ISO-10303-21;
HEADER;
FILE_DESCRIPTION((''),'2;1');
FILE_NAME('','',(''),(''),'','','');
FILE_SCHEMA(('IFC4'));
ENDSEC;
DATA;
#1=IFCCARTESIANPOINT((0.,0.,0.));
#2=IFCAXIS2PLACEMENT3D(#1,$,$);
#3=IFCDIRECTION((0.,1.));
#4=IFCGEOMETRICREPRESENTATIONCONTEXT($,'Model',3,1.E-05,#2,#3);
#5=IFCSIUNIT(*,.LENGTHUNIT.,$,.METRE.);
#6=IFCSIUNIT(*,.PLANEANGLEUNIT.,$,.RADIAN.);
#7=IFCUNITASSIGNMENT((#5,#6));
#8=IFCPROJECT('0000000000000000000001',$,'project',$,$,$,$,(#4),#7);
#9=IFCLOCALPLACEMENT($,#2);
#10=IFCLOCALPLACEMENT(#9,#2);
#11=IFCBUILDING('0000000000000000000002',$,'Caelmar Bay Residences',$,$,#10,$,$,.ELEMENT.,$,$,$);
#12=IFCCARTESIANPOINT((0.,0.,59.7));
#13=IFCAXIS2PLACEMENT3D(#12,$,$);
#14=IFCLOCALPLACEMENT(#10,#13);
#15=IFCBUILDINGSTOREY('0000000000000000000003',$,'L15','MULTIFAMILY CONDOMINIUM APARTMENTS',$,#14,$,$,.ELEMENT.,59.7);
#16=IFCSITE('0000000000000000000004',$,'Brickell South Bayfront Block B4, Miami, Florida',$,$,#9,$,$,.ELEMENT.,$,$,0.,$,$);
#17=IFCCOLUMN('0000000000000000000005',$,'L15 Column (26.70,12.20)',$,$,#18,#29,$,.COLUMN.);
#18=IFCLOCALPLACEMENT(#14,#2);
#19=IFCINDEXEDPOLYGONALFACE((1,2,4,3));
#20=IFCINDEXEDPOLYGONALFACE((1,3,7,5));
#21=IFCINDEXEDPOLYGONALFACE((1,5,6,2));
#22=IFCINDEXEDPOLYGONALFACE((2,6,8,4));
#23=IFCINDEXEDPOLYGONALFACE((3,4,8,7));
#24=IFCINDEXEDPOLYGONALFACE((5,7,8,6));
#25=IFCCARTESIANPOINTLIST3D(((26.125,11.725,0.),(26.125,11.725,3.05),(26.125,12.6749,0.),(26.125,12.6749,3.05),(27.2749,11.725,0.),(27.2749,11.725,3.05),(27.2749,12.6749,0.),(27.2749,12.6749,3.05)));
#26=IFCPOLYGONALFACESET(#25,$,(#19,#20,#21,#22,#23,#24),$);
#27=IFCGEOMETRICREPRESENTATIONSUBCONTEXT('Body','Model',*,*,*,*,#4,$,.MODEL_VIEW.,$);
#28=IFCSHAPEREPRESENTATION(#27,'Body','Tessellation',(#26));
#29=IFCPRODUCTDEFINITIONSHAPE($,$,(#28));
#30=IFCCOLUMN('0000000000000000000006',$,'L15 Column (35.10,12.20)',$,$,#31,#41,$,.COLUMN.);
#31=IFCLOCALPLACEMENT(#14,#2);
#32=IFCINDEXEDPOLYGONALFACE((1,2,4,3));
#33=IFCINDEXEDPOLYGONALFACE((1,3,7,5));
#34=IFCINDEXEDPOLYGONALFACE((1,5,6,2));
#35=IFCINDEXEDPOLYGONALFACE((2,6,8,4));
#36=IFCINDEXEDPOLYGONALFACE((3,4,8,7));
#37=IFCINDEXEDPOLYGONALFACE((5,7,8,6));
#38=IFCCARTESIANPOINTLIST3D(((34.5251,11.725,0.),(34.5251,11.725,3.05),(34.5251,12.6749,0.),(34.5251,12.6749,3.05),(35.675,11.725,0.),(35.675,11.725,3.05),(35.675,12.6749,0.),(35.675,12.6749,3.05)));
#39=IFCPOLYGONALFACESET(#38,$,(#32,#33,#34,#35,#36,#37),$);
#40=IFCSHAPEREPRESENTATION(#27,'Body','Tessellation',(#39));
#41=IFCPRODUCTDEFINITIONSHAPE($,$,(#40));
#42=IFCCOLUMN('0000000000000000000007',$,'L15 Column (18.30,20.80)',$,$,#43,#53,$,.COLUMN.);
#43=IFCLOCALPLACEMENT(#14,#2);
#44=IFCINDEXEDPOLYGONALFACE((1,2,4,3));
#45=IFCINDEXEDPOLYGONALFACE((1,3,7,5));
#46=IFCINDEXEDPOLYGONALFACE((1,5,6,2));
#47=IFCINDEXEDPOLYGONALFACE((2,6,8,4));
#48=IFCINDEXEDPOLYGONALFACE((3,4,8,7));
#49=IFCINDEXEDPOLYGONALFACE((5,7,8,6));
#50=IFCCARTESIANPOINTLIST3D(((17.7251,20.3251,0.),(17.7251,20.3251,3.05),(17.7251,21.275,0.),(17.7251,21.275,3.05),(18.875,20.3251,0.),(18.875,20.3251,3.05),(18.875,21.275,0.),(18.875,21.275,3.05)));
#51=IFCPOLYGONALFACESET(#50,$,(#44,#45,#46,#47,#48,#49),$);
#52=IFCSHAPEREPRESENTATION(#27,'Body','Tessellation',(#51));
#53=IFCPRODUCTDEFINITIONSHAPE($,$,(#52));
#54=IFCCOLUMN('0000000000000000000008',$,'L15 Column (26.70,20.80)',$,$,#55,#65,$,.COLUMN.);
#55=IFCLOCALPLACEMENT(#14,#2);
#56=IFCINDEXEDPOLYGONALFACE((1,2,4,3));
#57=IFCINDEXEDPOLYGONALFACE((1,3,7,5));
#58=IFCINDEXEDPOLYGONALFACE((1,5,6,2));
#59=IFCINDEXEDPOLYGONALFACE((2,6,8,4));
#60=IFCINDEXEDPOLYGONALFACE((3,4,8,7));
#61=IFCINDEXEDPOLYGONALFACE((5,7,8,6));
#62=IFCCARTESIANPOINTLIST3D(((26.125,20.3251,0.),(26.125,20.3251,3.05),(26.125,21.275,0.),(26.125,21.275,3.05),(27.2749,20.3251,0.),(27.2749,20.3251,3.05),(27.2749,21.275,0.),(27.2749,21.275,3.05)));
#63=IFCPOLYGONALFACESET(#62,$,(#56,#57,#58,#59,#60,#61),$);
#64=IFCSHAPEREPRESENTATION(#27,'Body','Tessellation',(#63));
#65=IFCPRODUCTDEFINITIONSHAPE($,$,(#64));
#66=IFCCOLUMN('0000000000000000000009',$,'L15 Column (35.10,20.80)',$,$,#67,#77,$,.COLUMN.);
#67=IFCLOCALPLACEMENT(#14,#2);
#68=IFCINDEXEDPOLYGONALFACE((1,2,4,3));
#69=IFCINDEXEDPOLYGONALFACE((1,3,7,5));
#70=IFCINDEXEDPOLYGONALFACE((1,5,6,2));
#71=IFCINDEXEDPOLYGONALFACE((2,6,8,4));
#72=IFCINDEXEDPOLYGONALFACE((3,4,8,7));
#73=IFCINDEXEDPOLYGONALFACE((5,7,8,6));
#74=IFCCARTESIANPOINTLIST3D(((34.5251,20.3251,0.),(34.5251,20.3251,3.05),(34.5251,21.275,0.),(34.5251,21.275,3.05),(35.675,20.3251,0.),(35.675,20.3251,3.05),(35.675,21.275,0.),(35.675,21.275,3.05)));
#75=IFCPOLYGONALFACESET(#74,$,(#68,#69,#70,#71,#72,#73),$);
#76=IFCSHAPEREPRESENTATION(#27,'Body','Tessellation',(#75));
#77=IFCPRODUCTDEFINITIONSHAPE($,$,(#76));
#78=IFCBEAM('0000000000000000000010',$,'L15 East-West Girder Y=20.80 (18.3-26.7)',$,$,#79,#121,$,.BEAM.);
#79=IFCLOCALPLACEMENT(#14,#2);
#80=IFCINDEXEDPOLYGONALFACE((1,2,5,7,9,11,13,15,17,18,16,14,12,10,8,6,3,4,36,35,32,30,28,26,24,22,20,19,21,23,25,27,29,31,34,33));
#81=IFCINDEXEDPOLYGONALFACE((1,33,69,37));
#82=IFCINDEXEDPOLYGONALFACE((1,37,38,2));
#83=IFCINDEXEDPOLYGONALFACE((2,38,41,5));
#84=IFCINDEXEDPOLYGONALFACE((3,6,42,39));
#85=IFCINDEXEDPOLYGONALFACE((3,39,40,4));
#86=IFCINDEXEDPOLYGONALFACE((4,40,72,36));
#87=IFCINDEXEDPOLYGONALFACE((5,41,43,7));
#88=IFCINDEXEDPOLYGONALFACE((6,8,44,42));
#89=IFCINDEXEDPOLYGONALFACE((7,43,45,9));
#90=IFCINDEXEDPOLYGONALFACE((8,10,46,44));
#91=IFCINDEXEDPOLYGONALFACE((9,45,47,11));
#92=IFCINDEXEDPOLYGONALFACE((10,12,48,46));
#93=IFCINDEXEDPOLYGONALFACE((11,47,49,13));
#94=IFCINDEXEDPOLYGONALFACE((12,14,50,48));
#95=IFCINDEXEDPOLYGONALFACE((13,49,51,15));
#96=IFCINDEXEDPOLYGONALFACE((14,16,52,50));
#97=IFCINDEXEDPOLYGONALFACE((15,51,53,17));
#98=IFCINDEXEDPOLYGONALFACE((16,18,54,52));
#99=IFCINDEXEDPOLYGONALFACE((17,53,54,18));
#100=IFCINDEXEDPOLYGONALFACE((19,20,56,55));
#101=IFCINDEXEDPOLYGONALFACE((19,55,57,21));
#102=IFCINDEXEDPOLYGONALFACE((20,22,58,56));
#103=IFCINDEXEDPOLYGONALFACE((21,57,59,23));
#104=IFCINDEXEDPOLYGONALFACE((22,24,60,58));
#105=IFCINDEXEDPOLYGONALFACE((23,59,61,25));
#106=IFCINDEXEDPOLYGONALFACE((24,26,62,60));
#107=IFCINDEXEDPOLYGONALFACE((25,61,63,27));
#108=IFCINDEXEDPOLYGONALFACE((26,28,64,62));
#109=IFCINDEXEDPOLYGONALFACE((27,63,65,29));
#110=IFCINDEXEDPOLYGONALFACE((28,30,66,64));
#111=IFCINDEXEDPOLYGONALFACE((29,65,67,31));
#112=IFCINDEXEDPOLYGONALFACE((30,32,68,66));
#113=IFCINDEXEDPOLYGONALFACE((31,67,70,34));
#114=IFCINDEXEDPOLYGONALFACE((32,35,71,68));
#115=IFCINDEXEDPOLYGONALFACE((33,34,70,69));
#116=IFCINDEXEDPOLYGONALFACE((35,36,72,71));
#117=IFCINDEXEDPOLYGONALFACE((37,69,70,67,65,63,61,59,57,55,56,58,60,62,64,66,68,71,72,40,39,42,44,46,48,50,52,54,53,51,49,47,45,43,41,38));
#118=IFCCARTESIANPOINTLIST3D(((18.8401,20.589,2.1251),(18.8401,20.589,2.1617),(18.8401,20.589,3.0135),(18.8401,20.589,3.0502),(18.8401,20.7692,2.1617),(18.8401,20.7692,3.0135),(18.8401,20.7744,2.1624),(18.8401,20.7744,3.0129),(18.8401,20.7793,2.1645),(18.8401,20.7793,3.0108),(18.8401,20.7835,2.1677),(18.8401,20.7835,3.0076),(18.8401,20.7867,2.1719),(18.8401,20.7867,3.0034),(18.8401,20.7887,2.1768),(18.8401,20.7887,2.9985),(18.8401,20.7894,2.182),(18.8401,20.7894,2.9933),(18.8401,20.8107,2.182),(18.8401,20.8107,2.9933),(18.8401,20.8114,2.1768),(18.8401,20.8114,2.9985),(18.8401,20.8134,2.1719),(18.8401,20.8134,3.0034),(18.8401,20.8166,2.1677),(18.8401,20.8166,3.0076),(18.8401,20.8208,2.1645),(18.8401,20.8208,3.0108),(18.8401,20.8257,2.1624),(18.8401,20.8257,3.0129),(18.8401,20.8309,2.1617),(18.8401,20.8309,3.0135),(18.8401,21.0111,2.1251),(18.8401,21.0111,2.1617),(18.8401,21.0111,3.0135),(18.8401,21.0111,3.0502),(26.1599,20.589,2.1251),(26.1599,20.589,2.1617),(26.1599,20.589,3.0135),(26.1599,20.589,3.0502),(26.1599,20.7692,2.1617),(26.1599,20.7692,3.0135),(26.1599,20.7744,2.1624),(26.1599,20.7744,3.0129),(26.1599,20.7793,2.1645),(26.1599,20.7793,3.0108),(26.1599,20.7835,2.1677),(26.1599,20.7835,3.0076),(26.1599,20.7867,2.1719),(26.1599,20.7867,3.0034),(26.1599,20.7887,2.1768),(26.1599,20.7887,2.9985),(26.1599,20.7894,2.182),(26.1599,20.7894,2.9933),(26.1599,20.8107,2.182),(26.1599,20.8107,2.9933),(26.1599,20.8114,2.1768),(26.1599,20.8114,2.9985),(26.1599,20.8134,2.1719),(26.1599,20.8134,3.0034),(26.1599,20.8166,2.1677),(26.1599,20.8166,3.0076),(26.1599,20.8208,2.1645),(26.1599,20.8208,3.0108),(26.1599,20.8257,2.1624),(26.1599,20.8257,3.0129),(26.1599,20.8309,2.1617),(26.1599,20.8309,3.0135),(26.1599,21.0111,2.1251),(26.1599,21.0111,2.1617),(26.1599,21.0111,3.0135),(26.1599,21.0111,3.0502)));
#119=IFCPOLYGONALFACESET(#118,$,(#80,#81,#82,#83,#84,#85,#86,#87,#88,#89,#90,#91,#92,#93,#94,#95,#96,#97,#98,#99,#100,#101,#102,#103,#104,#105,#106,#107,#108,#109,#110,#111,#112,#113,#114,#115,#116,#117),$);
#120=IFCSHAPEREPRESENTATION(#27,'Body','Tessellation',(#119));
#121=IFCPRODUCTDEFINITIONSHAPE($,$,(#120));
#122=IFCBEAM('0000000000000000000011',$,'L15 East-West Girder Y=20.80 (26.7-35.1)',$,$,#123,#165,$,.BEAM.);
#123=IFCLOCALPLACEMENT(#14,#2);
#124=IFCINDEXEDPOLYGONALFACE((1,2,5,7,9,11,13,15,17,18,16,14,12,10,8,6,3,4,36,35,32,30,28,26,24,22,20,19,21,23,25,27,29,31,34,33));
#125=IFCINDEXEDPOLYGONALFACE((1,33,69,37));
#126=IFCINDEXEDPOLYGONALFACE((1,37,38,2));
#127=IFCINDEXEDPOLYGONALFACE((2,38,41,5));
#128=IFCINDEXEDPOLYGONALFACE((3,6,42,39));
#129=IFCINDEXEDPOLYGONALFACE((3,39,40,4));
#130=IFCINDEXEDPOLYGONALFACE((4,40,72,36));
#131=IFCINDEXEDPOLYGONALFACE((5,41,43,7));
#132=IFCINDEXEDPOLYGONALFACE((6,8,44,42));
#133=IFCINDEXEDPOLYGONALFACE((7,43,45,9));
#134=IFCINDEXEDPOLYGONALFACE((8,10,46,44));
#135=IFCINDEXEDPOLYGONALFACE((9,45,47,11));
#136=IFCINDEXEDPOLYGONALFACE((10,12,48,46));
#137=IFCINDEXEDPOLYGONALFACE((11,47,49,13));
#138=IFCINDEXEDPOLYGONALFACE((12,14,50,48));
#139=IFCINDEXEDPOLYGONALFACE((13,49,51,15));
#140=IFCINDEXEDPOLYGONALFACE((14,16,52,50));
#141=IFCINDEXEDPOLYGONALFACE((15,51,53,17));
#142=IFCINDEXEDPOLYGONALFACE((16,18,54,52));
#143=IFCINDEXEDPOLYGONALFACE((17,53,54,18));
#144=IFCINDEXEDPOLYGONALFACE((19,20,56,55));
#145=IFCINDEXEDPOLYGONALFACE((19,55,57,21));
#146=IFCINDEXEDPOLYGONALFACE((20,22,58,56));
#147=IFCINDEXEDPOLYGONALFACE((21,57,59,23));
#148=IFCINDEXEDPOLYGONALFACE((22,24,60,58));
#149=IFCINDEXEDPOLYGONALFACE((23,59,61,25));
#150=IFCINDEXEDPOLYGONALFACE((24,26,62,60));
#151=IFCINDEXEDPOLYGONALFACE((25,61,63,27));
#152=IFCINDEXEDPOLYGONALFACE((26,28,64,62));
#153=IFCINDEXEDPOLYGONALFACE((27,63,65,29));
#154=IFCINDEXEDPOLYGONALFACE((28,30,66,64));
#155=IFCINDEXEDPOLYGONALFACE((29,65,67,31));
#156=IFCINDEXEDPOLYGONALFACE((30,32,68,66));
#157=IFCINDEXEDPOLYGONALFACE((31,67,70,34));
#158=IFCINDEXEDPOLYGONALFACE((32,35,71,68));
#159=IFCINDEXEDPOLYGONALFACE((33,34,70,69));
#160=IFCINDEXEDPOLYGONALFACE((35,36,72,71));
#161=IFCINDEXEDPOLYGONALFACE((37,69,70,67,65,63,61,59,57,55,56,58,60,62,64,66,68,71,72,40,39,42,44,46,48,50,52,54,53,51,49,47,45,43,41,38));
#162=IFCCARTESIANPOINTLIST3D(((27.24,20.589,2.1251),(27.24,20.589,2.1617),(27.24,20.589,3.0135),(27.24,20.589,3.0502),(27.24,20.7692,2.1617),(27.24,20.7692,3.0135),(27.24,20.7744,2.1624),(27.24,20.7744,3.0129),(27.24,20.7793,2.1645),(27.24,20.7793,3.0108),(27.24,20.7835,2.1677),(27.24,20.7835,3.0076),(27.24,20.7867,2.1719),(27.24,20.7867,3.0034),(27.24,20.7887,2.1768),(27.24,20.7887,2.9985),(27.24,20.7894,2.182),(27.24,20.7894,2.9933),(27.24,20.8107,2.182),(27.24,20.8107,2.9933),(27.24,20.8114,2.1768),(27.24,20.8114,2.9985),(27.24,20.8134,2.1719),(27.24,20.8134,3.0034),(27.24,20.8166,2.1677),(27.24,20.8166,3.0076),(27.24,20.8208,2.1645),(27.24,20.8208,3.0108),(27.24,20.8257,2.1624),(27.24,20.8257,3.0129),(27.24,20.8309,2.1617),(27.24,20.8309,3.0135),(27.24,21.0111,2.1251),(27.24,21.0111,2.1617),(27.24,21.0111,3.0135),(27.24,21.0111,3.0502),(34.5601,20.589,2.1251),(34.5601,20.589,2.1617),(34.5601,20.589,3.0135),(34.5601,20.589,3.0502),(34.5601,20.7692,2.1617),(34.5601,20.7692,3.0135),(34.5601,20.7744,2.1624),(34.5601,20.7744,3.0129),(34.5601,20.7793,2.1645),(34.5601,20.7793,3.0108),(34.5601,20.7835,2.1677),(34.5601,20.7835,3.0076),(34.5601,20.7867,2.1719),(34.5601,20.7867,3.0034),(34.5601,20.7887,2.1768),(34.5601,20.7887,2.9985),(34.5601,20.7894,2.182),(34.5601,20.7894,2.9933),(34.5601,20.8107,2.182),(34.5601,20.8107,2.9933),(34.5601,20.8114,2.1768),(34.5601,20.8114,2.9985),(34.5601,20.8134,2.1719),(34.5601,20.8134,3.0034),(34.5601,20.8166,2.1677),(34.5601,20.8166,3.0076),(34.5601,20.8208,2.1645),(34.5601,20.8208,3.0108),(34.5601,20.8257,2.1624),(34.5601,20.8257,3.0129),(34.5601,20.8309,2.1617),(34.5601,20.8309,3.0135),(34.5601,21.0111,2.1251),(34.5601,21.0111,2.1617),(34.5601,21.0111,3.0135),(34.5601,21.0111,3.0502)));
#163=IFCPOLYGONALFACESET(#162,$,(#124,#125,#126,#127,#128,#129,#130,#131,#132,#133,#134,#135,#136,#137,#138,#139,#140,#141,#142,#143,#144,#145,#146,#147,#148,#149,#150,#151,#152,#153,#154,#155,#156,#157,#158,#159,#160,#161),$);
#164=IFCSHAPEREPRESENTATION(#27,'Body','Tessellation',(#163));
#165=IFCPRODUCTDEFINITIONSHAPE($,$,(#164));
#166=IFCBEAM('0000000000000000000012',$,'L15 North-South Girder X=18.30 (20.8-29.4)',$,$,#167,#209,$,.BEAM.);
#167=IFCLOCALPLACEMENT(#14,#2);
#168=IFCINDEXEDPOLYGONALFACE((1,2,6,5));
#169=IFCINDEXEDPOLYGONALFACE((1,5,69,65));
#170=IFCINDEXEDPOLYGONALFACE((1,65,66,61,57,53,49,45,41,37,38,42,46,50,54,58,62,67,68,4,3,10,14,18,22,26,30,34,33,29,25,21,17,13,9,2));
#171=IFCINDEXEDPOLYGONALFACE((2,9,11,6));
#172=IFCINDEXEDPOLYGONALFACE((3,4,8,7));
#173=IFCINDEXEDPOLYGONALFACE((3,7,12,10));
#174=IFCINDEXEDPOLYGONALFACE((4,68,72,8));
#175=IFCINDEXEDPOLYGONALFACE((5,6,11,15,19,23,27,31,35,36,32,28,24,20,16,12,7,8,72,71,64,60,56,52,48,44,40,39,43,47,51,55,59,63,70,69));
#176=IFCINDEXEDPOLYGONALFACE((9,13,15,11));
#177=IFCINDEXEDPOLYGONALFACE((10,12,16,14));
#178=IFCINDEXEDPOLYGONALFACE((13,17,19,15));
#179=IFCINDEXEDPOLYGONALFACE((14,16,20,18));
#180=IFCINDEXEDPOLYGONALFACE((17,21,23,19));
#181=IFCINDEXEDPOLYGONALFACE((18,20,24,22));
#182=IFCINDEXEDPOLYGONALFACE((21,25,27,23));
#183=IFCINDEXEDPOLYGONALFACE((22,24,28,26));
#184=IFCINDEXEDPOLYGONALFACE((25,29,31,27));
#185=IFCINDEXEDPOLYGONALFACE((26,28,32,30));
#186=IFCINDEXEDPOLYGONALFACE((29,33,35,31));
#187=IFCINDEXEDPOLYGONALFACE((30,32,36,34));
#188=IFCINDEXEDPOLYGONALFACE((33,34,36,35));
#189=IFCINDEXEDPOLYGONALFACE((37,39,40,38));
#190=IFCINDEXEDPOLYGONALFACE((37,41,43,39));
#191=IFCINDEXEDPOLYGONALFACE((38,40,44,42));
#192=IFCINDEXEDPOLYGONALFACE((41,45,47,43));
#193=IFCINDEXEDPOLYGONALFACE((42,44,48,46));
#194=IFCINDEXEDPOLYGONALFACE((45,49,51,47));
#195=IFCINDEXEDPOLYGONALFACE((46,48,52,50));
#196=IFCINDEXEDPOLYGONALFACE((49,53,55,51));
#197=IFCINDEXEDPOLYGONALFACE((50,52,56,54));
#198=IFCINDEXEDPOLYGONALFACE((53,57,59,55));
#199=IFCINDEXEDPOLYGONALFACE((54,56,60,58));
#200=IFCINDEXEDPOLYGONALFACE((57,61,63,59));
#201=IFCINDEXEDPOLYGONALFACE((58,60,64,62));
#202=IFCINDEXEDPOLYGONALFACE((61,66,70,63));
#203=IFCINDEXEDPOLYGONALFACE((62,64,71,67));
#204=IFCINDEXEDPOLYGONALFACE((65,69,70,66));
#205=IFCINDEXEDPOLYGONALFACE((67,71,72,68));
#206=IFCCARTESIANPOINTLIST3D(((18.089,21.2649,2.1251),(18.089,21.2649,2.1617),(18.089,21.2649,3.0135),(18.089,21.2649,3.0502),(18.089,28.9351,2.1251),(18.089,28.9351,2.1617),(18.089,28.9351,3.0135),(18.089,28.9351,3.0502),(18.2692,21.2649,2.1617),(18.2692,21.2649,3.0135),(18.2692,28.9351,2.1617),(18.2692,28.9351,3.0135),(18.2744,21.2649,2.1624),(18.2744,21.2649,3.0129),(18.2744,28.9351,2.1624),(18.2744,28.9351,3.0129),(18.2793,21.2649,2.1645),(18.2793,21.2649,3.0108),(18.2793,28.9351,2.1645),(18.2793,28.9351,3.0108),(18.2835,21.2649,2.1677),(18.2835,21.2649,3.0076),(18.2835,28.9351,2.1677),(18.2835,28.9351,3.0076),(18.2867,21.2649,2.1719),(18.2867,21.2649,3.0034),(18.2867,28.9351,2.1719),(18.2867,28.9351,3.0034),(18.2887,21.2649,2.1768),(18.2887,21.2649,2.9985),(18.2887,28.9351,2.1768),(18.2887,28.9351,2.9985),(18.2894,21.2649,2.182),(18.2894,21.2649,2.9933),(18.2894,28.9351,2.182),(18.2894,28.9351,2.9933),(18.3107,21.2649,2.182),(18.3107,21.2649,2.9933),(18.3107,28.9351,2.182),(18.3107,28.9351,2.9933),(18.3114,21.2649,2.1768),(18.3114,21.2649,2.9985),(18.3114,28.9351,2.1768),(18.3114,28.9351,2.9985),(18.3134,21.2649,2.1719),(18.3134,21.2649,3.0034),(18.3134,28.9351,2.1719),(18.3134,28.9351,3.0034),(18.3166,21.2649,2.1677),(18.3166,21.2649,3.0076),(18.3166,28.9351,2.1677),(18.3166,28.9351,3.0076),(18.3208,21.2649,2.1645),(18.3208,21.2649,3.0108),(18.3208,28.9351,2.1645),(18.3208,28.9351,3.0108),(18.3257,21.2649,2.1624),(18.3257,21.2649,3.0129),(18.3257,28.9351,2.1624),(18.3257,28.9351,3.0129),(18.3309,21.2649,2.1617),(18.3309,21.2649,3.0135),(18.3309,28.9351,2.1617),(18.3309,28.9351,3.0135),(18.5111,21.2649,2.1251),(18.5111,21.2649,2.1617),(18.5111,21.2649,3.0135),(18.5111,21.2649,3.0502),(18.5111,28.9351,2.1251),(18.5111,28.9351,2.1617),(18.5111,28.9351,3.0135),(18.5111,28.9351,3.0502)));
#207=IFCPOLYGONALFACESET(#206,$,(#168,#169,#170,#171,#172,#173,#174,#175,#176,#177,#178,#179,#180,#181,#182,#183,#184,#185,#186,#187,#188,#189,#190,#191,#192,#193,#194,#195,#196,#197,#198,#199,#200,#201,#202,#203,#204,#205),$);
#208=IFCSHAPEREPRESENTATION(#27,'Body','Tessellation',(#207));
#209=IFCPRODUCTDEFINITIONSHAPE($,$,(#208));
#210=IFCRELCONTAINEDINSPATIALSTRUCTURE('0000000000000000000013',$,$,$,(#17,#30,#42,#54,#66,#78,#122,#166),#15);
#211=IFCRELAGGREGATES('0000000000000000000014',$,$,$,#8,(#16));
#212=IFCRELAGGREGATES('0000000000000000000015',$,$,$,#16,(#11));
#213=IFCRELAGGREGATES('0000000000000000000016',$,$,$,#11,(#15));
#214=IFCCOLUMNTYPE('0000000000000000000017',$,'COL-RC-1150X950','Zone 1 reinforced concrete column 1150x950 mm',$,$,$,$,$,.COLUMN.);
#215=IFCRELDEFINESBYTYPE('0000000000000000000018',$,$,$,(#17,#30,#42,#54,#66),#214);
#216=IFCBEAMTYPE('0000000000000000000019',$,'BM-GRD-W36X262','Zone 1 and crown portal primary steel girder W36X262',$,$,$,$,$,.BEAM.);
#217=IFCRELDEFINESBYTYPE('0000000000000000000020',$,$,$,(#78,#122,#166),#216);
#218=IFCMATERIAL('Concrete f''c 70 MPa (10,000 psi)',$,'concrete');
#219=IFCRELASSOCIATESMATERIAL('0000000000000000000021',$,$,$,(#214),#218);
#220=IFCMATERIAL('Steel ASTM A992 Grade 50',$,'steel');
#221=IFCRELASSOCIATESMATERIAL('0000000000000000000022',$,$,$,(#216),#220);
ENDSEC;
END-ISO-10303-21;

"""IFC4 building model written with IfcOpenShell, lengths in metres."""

from ifc_helpers import new_model, si_unit, direction, frame, origin, origin_2d, place, context, subcontext, project, spatial, rectangle, i_section, extrude, material, material_profile, profile_set, type_object, element, save


model = new_model("IFC4")

# Units and contexts
model_context = context("Model", 3, precision=1e-05, world=origin(), true_north=direction((0.0, 1.0)))
body_context = subcontext(model_context, "Body", "Model", "MODEL_VIEW")
ifc_project = project(units=[si_unit("LENGTHUNIT", "METRE"), si_unit("PLANEANGLEUNIT", "RADIAN")], contexts=[model_context])

# Site, building, storey
site_placement = place(None, origin())
site = spatial("IfcSite", under=ifc_project, at=site_placement, Name="Brickell South Bayfront Block B4, Miami, Florida", CompositionType="ELEMENT", RefElevation=0.0)
building_placement = place(site_placement, origin())
building = spatial("IfcBuilding", under=site, at=building_placement, Name="Caelmar Bay Residences", CompositionType="ELEMENT")
storey_placement = place(building_placement, frame((0.0, 0.0, 59.7)))
storey = spatial("IfcBuildingStorey", under=building, at=storey_placement, Name="L15", Description="MULTIFAMILY CONDOMINIUM APARTMENTS", CompositionType="ELEMENT", Elevation=59.7)

# Columns
ifc_material_1 = material(Name="Concrete f'c 70 MPa (10,000 psi)", Category="concrete")
ifc_material_profile_1 = material_profile(ifc_material_1, rectangle(XDim=1.1499, YDim=0.95, at=origin_2d()), Name="RC-COL-1150X950")
ifc_profile_set_1 = profile_set([ifc_material_profile_1], Name="Concrete f'c 70 MPa (10,000 psi)")
column_type = type_object("IfcColumnType", Name="COL-RC-1150X950", Description="Zone 1 reinforced concrete column 1150x950 mm", PredefinedType="COLUMN", material=ifc_profile_set_1)
for number, where, z_axis, x_axis, name in (
    (1, (26.7, 12.2, 0.0), (0.0, 0.0, 1.0), (1.0, 0.0, 0.0), "L15 Column (26.70,12.20)"),
    (2, (35.1001, 12.2, 0.0), (0.0, 0.0, 1.0), (1.0, 0.0, 0.0), "L15 Column (35.10,12.20)"),
    (3, (18.3, 20.8, 0.0), (0.0, 0.0, 1.0), (1.0, 0.0, 0.0), "L15 Column (18.30,20.80)"),
    (4, (26.7, 20.8, 0.0), (0.0, 0.0, 1.0), (1.0, 0.0, 0.0), "L15 Column (26.70,20.80)"),
    (5, (35.1001, 20.8, 0.0), (0.0, 0.0, 1.0), (1.0, 0.0, 0.0), "L15 Column (35.10,20.80)"),
):
    element("IfcColumn", number, at=place(storey_placement, frame(where, z_axis=z_axis, x_axis=x_axis)), inside=storey, type_object=column_type, Name=name, PredefinedType="COLUMN", context=body_context, shape_type="SweptSolid", body=[
        extrude(rectangle(XDim=1.1499, YDim=0.95, at=origin_2d()), origin(), (0.0, 0.0, 1.0), 3.05),
    ])

# Beams
ifc_material_2 = material(Name="Steel ASTM A992 Grade 50", Category="steel")
ifc_material_profile_2 = material_profile(ifc_material_2, i_section(OverallWidth=0.4221, OverallDepth=0.925, WebThickness=0.0212, FlangeThickness=0.0366, FilletRadius=0.0203, at=origin_2d()), Name="W36X262")
ifc_profile_set_2 = profile_set([ifc_material_profile_2], Name="Steel ASTM A992 Grade 50")
beam_type_1 = type_object("IfcBeamType", Name="BM-GRD-W36X262", Description="Zone 1 and crown portal primary steel girder W36X262", PredefinedType="BEAM", material=ifc_profile_set_2)
beam_1_placement = place(storey_placement, frame((18.8401, 20.8, 2.5876), z_axis=(1.0, 0.0, 0.0), x_axis=(0.0, 1.0, 0.0)))
element("IfcBeam", 6, at=beam_1_placement, inside=storey, type_object=beam_type_1, Name="L15 East-West Girder Y=20.80 (18.3-26.7)", PredefinedType="BEAM", context=body_context, shape_type="SweptSolid", body=[
    extrude(i_section(OverallWidth=0.4221, OverallDepth=0.925, WebThickness=0.0212, FlangeThickness=0.0366, FilletRadius=0.0203, at=origin_2d()), origin(), (0.0, 0.0, 1.0), 7.3198),
])
beam_2_placement = place(storey_placement, frame((27.24, 20.8, 2.5876), z_axis=(1.0, 0.0, 0.0), x_axis=(0.0, 1.0, 0.0)))
element("IfcBeam", 7, at=beam_2_placement, inside=storey, type_object=beam_type_1, Name="L15 East-West Girder Y=20.80 (26.7-35.1)", PredefinedType="BEAM", context=body_context, shape_type="SweptSolid", body=[
    extrude(i_section(OverallWidth=0.4221, OverallDepth=0.925, WebThickness=0.0212, FlangeThickness=0.0366, FilletRadius=0.0203, at=origin_2d()), origin(), (0.0, 0.0, 1.0), 7.3201),
])
beam_3_placement = place(storey_placement, frame((18.3, 21.2649, 2.5876), z_axis=(0.0, 1.0, 0.0), x_axis=(-1.0, 0.0, 0.0)))
element("IfcBeam", 8, at=beam_3_placement, inside=storey, type_object=beam_type_1, Name="L15 North-South Girder X=18.30 (20.8-29.4)", PredefinedType="BEAM", context=body_context, shape_type="SweptSolid", body=[
    extrude(i_section(OverallWidth=0.4221, OverallDepth=0.925, WebThickness=0.0212, FlangeThickness=0.0366, FilletRadius=0.0203, at=origin_2d()), origin(), (0.0, 0.0, 1.0), 7.6702),
])

save(model, "model.ifc")
